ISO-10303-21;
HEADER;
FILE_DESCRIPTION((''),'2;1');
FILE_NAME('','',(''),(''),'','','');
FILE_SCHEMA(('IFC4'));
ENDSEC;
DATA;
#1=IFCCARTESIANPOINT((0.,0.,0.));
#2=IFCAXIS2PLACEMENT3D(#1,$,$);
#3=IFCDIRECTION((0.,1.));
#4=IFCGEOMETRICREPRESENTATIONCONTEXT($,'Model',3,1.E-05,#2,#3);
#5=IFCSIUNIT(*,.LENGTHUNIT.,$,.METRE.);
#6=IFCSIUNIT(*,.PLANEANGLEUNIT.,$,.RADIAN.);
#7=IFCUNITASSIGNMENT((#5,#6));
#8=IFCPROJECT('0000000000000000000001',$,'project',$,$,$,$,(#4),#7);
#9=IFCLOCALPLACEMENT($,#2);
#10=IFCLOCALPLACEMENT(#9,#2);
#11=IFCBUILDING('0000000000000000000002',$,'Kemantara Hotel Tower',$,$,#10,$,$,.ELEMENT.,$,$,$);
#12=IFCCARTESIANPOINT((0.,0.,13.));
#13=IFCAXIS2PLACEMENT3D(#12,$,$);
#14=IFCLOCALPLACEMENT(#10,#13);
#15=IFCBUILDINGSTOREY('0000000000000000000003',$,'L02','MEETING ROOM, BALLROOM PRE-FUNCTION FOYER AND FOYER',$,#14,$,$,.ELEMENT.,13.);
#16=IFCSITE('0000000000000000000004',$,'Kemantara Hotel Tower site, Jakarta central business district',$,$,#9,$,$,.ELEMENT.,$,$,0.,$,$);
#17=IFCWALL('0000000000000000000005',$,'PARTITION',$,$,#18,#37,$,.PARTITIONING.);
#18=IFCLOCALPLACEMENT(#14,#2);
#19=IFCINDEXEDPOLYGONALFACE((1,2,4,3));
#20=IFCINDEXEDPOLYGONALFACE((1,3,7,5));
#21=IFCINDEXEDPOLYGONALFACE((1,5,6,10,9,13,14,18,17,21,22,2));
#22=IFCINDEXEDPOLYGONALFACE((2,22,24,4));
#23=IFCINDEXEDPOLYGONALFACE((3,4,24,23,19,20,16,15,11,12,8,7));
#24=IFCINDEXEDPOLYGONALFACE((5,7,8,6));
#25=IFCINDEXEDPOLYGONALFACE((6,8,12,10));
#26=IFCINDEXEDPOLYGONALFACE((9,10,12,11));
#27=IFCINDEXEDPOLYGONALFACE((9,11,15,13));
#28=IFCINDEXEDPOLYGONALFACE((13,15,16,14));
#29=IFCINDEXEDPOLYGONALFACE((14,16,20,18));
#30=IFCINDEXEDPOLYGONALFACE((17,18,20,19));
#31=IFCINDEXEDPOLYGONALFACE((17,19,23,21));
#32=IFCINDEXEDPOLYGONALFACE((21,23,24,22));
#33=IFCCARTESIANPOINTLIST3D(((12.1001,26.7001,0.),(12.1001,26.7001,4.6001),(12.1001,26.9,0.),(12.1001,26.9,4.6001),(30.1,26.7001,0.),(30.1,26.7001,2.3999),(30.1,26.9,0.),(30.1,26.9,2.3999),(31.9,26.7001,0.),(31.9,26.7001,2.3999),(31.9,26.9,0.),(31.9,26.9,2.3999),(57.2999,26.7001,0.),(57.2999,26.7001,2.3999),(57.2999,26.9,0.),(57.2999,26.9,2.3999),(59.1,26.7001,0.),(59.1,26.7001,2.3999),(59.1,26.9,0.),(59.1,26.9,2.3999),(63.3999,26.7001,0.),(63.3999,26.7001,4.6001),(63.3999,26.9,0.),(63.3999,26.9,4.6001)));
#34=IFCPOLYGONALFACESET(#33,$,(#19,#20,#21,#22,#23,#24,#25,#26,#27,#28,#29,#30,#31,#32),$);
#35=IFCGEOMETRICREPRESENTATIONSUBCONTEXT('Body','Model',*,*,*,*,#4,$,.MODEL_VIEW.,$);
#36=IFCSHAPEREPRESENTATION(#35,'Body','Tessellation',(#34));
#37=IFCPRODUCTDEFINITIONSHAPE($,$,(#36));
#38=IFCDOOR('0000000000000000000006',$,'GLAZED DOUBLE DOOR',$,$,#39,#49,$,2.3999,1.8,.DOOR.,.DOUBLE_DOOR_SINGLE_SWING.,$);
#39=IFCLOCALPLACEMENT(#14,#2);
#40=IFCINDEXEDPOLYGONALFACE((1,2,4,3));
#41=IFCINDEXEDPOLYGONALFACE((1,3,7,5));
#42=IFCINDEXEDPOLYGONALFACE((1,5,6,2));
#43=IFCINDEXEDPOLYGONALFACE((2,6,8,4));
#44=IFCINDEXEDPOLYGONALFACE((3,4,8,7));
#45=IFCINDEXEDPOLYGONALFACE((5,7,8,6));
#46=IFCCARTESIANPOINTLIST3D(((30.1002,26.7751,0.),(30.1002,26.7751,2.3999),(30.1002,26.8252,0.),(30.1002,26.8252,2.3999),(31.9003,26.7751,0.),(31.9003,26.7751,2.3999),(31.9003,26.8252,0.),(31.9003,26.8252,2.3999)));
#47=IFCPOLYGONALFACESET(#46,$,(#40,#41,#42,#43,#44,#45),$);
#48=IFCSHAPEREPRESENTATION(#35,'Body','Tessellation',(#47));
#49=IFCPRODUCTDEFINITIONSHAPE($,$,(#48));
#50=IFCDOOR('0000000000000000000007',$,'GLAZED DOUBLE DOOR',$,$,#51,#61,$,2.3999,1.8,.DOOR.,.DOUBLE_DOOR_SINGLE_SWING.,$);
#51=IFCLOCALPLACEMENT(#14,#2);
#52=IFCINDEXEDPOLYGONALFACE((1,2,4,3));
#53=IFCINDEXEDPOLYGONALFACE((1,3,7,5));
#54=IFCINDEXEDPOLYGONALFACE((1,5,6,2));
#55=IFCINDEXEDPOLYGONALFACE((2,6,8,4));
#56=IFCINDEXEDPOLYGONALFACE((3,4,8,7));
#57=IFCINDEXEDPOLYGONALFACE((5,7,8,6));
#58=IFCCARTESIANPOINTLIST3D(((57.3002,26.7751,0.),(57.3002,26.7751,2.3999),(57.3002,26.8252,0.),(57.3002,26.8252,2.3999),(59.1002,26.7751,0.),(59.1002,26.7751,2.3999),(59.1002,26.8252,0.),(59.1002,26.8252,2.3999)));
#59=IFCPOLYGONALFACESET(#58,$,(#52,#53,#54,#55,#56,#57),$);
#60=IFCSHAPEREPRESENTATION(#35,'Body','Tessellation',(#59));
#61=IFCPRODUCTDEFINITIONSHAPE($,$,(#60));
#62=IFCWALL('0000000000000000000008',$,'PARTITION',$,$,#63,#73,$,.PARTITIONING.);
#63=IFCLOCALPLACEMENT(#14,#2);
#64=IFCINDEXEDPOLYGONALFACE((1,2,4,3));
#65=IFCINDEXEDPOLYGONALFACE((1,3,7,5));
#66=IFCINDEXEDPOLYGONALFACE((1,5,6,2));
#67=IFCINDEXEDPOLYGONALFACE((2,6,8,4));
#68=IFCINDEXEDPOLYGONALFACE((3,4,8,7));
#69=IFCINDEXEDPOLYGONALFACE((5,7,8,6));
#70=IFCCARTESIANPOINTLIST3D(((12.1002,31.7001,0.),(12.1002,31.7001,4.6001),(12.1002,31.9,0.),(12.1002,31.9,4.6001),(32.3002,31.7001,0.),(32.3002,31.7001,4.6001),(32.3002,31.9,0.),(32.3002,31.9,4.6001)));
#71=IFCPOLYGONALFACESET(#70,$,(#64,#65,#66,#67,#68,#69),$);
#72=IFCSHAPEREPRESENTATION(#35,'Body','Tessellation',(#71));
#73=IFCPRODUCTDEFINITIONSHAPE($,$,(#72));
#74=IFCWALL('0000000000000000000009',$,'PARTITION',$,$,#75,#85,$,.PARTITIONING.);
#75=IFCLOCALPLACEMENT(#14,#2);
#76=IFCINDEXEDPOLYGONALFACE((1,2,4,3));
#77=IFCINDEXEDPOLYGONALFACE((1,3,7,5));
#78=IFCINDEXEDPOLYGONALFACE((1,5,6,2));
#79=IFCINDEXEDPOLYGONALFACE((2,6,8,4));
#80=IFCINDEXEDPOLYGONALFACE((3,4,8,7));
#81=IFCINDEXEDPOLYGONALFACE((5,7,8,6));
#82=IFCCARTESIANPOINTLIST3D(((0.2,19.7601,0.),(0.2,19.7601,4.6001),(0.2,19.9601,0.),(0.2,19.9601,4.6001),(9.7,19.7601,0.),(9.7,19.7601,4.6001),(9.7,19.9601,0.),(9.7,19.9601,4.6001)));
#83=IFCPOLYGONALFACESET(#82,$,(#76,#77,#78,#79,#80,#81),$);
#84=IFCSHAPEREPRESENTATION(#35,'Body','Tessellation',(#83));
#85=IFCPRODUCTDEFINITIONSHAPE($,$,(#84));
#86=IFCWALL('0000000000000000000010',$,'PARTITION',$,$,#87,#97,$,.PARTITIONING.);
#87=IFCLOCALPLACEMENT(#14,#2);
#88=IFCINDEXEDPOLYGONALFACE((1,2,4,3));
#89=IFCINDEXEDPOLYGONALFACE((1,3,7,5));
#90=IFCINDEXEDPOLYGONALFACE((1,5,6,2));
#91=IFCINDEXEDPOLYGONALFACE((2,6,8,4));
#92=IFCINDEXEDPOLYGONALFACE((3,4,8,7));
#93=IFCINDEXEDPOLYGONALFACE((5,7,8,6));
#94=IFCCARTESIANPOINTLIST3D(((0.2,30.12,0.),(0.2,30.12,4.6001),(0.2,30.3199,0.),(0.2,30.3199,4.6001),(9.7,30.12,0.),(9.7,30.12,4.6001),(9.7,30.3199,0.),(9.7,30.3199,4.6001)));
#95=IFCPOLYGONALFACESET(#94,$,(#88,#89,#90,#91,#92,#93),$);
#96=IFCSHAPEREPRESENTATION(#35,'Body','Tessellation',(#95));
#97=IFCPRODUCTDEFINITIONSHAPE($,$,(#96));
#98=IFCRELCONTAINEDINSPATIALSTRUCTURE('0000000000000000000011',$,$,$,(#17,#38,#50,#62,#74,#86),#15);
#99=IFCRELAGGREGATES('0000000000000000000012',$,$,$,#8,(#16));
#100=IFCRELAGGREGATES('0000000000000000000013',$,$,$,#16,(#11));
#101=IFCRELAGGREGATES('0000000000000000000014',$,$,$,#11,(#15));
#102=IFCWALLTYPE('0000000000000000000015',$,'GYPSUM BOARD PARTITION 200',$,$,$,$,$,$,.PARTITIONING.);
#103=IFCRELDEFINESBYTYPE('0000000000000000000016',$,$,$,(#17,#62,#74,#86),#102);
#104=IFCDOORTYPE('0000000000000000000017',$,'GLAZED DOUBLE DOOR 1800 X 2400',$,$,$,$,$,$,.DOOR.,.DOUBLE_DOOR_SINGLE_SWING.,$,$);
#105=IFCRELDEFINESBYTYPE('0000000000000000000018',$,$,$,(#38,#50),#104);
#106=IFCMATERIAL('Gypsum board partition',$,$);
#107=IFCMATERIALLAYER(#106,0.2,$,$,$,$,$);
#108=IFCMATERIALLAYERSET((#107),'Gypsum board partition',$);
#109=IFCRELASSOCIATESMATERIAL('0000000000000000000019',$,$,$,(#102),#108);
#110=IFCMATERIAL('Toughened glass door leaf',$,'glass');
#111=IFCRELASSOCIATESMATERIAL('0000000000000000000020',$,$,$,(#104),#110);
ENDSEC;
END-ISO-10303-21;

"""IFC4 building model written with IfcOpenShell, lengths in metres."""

from ifc_helpers import new_model, si_unit, direction, frame, frame_2d, origin, place, context, subcontext, project, spatial, rectangle, extrude, material, layer, layer_set, type_object, element, fill, save


model = new_model("IFC4")

# Units and contexts
model_context = context("Model", 3, precision=1e-05, world=origin(), true_north=direction((0.0, 1.0)))
body_context = subcontext(model_context, "Body", "Model", "MODEL_VIEW")
ifc_project = project(units=[si_unit("LENGTHUNIT", "METRE"), si_unit("PLANEANGLEUNIT", "RADIAN")], contexts=[model_context])

# Site, building, storey
site_placement = place(None, origin())
site = spatial("IfcSite", under=ifc_project, at=site_placement, Name="Kemantara Hotel Tower site, Jakarta central business district", CompositionType="ELEMENT", RefElevation=0.0)
building_placement = place(site_placement, origin())
building = spatial("IfcBuilding", under=site, at=building_placement, Name="Kemantara Hotel Tower", CompositionType="ELEMENT")
storey_placement = place(building_placement, frame((0.0, 0.0, 13.0)))
storey = spatial("IfcBuildingStorey", under=building, at=storey_placement, Name="L02", Description="MEETING ROOM, BALLROOM PRE-FUNCTION FOYER AND FOYER", CompositionType="ELEMENT", Elevation=13.0)

# Wall, openings, doors
ifc_material_1 = material(Name="Gypsum board partition")
ifc_layer_1 = layer(ifc_material_1, 0.2)
ifc_layer_set_1 = layer_set([ifc_layer_1], Name="Gypsum board partition")
wall_type = type_object("IfcWallType", Name="GYPSUM BOARD PARTITION 200", PredefinedType="PARTITIONING", material=ifc_layer_set_1)
wall_1_placement = place(storey_placement, frame((12.1001, 26.8, 0.0), z_axis=(0.0, 0.0, 1.0), x_axis=(1.0, 0.0, 0.0)))
wall_1 = element("IfcWall", 1, at=wall_1_placement, inside=storey, type_object=wall_type, Name="PARTITION", PredefinedType="PARTITIONING", context=body_context, shape_type="SweptSolid", body=[
    extrude(rectangle(XDim=51.2998, YDim=0.2, at=frame_2d((25.6499, 0.0))), origin(), (0.0, 0.0, 1.0), 4.6001),
])
opening_1_placement = place(wall_1_placement, frame((18.0, 0.0, 0.0)))
opening_1 = element("IfcOpeningElement", 2, at=opening_1_placement, cuts=wall_1, PredefinedType="OPENING", context=body_context, shape_type="SweptSolid", body=[
    extrude(rectangle(XDim=1.8, YDim=2.3999, at=frame_2d((0.8999, 1.2))), frame((0.0, 0.1099, 0.0), z_axis=(0.0, -1.0, 0.0), x_axis=(1.0, 0.0, 0.0)), (0.0, 0.0, 1.0), 0.22),
])
opening_2_placement = place(wall_1_placement, frame((45.2, 0.0, 0.0)))
opening_2 = element("IfcOpeningElement", 3, at=opening_2_placement, cuts=wall_1, PredefinedType="OPENING", context=body_context, shape_type="SweptSolid", body=[
    extrude(rectangle(XDim=1.8, YDim=2.3999, at=frame_2d((0.8999, 1.2))), frame((0.0, 0.1099, 0.0), z_axis=(0.0, -1.0, 0.0), x_axis=(1.0, 0.0, 0.0)), (0.0, 0.0, 1.0), 0.22),
])
ifc_material_2 = material(Name="Toughened glass door leaf", Category="glass")
door_type = type_object("IfcDoorType", Name="GLAZED DOUBLE DOOR 1800 X 2400", OperationType="DOUBLE_DOOR_SINGLE_SWING", PredefinedType="DOOR", material=ifc_material_2)
door_1_placement = place(opening_1_placement, frame((1.8, 0.0, 0.0), z_axis=(0.0, 0.0, 1.0), x_axis=(-1.0, 0.0, 0.0)))
door_1 = element("IfcDoor", 4, at=door_1_placement, inside=storey, type_object=door_type, Name="GLAZED DOUBLE DOOR", OperationType="DOUBLE_DOOR_SINGLE_SWING", OverallHeight=2.3999, OverallWidth=1.8, PredefinedType="DOOR", context=body_context, shape_type="SweptSolid", body=[
    extrude(rectangle(XDim=1.8, YDim=2.3999, at=frame_2d((0.8999, 1.2))), frame((0.0, 0.0249, 0.0), z_axis=(0.0, -1.0, 0.0), x_axis=(1.0, 0.0, 0.0)), (0.0, 0.0, 1.0), 0.05),
])
fill(opening_1, door_1)
door_2_placement = place(opening_2_placement, frame((1.8, 0.0, 0.0), z_axis=(0.0, 0.0, 1.0), x_axis=(-1.0, 0.0, 0.0)))
door_2 = element("IfcDoor", 5, at=door_2_placement, inside=storey, type_object=door_type, Name="GLAZED DOUBLE DOOR", OperationType="DOUBLE_DOOR_SINGLE_SWING", OverallHeight=2.3999, OverallWidth=1.8, PredefinedType="DOOR", context=body_context, shape_type="SweptSolid", body=[
    extrude(rectangle(XDim=1.8, YDim=2.3999, at=frame_2d((0.8999, 1.2))), frame((0.0, 0.0249, 0.0), z_axis=(0.0, -1.0, 0.0), x_axis=(1.0, 0.0, 0.0)), (0.0, 0.0, 1.0), 0.05),
])
fill(opening_2, door_2)

# Walls
wall_2_placement = place(storey_placement, frame((12.1001, 31.8, 0.0), z_axis=(0.0, 0.0, 1.0), x_axis=(1.0, 0.0, 0.0)))
element("IfcWall", 6, at=wall_2_placement, inside=storey, type_object=wall_type, Name="PARTITION", PredefinedType="PARTITIONING", context=body_context, shape_type="SweptSolid", body=[
    extrude(rectangle(XDim=20.2, YDim=0.2, at=frame_2d((10.1001, 0.0))), origin(), (0.0, 0.0, 1.0), 4.6001),
])
for number, where, z_axis, x_axis, name in (
    (7, (0.2, 19.8601, 0.0), (0.0, 0.0, 1.0), (1.0, 0.0, 0.0), "PARTITION"),
    (8, (0.2, 30.22, 0.0), (0.0, 0.0, 1.0), (1.0, 0.0, 0.0), "PARTITION"),
):
    element("IfcWall", number, at=place(storey_placement, frame(where, z_axis=z_axis, x_axis=x_axis)), inside=storey, type_object=wall_type, Name=name, PredefinedType="PARTITIONING", context=body_context, shape_type="SweptSolid", body=[
        extrude(rectangle(XDim=9.5, YDim=0.2, at=frame_2d((4.75, 0.0))), origin(), (0.0, 0.0, 1.0), 4.6001),
    ])

save(model, "model.ifc")
